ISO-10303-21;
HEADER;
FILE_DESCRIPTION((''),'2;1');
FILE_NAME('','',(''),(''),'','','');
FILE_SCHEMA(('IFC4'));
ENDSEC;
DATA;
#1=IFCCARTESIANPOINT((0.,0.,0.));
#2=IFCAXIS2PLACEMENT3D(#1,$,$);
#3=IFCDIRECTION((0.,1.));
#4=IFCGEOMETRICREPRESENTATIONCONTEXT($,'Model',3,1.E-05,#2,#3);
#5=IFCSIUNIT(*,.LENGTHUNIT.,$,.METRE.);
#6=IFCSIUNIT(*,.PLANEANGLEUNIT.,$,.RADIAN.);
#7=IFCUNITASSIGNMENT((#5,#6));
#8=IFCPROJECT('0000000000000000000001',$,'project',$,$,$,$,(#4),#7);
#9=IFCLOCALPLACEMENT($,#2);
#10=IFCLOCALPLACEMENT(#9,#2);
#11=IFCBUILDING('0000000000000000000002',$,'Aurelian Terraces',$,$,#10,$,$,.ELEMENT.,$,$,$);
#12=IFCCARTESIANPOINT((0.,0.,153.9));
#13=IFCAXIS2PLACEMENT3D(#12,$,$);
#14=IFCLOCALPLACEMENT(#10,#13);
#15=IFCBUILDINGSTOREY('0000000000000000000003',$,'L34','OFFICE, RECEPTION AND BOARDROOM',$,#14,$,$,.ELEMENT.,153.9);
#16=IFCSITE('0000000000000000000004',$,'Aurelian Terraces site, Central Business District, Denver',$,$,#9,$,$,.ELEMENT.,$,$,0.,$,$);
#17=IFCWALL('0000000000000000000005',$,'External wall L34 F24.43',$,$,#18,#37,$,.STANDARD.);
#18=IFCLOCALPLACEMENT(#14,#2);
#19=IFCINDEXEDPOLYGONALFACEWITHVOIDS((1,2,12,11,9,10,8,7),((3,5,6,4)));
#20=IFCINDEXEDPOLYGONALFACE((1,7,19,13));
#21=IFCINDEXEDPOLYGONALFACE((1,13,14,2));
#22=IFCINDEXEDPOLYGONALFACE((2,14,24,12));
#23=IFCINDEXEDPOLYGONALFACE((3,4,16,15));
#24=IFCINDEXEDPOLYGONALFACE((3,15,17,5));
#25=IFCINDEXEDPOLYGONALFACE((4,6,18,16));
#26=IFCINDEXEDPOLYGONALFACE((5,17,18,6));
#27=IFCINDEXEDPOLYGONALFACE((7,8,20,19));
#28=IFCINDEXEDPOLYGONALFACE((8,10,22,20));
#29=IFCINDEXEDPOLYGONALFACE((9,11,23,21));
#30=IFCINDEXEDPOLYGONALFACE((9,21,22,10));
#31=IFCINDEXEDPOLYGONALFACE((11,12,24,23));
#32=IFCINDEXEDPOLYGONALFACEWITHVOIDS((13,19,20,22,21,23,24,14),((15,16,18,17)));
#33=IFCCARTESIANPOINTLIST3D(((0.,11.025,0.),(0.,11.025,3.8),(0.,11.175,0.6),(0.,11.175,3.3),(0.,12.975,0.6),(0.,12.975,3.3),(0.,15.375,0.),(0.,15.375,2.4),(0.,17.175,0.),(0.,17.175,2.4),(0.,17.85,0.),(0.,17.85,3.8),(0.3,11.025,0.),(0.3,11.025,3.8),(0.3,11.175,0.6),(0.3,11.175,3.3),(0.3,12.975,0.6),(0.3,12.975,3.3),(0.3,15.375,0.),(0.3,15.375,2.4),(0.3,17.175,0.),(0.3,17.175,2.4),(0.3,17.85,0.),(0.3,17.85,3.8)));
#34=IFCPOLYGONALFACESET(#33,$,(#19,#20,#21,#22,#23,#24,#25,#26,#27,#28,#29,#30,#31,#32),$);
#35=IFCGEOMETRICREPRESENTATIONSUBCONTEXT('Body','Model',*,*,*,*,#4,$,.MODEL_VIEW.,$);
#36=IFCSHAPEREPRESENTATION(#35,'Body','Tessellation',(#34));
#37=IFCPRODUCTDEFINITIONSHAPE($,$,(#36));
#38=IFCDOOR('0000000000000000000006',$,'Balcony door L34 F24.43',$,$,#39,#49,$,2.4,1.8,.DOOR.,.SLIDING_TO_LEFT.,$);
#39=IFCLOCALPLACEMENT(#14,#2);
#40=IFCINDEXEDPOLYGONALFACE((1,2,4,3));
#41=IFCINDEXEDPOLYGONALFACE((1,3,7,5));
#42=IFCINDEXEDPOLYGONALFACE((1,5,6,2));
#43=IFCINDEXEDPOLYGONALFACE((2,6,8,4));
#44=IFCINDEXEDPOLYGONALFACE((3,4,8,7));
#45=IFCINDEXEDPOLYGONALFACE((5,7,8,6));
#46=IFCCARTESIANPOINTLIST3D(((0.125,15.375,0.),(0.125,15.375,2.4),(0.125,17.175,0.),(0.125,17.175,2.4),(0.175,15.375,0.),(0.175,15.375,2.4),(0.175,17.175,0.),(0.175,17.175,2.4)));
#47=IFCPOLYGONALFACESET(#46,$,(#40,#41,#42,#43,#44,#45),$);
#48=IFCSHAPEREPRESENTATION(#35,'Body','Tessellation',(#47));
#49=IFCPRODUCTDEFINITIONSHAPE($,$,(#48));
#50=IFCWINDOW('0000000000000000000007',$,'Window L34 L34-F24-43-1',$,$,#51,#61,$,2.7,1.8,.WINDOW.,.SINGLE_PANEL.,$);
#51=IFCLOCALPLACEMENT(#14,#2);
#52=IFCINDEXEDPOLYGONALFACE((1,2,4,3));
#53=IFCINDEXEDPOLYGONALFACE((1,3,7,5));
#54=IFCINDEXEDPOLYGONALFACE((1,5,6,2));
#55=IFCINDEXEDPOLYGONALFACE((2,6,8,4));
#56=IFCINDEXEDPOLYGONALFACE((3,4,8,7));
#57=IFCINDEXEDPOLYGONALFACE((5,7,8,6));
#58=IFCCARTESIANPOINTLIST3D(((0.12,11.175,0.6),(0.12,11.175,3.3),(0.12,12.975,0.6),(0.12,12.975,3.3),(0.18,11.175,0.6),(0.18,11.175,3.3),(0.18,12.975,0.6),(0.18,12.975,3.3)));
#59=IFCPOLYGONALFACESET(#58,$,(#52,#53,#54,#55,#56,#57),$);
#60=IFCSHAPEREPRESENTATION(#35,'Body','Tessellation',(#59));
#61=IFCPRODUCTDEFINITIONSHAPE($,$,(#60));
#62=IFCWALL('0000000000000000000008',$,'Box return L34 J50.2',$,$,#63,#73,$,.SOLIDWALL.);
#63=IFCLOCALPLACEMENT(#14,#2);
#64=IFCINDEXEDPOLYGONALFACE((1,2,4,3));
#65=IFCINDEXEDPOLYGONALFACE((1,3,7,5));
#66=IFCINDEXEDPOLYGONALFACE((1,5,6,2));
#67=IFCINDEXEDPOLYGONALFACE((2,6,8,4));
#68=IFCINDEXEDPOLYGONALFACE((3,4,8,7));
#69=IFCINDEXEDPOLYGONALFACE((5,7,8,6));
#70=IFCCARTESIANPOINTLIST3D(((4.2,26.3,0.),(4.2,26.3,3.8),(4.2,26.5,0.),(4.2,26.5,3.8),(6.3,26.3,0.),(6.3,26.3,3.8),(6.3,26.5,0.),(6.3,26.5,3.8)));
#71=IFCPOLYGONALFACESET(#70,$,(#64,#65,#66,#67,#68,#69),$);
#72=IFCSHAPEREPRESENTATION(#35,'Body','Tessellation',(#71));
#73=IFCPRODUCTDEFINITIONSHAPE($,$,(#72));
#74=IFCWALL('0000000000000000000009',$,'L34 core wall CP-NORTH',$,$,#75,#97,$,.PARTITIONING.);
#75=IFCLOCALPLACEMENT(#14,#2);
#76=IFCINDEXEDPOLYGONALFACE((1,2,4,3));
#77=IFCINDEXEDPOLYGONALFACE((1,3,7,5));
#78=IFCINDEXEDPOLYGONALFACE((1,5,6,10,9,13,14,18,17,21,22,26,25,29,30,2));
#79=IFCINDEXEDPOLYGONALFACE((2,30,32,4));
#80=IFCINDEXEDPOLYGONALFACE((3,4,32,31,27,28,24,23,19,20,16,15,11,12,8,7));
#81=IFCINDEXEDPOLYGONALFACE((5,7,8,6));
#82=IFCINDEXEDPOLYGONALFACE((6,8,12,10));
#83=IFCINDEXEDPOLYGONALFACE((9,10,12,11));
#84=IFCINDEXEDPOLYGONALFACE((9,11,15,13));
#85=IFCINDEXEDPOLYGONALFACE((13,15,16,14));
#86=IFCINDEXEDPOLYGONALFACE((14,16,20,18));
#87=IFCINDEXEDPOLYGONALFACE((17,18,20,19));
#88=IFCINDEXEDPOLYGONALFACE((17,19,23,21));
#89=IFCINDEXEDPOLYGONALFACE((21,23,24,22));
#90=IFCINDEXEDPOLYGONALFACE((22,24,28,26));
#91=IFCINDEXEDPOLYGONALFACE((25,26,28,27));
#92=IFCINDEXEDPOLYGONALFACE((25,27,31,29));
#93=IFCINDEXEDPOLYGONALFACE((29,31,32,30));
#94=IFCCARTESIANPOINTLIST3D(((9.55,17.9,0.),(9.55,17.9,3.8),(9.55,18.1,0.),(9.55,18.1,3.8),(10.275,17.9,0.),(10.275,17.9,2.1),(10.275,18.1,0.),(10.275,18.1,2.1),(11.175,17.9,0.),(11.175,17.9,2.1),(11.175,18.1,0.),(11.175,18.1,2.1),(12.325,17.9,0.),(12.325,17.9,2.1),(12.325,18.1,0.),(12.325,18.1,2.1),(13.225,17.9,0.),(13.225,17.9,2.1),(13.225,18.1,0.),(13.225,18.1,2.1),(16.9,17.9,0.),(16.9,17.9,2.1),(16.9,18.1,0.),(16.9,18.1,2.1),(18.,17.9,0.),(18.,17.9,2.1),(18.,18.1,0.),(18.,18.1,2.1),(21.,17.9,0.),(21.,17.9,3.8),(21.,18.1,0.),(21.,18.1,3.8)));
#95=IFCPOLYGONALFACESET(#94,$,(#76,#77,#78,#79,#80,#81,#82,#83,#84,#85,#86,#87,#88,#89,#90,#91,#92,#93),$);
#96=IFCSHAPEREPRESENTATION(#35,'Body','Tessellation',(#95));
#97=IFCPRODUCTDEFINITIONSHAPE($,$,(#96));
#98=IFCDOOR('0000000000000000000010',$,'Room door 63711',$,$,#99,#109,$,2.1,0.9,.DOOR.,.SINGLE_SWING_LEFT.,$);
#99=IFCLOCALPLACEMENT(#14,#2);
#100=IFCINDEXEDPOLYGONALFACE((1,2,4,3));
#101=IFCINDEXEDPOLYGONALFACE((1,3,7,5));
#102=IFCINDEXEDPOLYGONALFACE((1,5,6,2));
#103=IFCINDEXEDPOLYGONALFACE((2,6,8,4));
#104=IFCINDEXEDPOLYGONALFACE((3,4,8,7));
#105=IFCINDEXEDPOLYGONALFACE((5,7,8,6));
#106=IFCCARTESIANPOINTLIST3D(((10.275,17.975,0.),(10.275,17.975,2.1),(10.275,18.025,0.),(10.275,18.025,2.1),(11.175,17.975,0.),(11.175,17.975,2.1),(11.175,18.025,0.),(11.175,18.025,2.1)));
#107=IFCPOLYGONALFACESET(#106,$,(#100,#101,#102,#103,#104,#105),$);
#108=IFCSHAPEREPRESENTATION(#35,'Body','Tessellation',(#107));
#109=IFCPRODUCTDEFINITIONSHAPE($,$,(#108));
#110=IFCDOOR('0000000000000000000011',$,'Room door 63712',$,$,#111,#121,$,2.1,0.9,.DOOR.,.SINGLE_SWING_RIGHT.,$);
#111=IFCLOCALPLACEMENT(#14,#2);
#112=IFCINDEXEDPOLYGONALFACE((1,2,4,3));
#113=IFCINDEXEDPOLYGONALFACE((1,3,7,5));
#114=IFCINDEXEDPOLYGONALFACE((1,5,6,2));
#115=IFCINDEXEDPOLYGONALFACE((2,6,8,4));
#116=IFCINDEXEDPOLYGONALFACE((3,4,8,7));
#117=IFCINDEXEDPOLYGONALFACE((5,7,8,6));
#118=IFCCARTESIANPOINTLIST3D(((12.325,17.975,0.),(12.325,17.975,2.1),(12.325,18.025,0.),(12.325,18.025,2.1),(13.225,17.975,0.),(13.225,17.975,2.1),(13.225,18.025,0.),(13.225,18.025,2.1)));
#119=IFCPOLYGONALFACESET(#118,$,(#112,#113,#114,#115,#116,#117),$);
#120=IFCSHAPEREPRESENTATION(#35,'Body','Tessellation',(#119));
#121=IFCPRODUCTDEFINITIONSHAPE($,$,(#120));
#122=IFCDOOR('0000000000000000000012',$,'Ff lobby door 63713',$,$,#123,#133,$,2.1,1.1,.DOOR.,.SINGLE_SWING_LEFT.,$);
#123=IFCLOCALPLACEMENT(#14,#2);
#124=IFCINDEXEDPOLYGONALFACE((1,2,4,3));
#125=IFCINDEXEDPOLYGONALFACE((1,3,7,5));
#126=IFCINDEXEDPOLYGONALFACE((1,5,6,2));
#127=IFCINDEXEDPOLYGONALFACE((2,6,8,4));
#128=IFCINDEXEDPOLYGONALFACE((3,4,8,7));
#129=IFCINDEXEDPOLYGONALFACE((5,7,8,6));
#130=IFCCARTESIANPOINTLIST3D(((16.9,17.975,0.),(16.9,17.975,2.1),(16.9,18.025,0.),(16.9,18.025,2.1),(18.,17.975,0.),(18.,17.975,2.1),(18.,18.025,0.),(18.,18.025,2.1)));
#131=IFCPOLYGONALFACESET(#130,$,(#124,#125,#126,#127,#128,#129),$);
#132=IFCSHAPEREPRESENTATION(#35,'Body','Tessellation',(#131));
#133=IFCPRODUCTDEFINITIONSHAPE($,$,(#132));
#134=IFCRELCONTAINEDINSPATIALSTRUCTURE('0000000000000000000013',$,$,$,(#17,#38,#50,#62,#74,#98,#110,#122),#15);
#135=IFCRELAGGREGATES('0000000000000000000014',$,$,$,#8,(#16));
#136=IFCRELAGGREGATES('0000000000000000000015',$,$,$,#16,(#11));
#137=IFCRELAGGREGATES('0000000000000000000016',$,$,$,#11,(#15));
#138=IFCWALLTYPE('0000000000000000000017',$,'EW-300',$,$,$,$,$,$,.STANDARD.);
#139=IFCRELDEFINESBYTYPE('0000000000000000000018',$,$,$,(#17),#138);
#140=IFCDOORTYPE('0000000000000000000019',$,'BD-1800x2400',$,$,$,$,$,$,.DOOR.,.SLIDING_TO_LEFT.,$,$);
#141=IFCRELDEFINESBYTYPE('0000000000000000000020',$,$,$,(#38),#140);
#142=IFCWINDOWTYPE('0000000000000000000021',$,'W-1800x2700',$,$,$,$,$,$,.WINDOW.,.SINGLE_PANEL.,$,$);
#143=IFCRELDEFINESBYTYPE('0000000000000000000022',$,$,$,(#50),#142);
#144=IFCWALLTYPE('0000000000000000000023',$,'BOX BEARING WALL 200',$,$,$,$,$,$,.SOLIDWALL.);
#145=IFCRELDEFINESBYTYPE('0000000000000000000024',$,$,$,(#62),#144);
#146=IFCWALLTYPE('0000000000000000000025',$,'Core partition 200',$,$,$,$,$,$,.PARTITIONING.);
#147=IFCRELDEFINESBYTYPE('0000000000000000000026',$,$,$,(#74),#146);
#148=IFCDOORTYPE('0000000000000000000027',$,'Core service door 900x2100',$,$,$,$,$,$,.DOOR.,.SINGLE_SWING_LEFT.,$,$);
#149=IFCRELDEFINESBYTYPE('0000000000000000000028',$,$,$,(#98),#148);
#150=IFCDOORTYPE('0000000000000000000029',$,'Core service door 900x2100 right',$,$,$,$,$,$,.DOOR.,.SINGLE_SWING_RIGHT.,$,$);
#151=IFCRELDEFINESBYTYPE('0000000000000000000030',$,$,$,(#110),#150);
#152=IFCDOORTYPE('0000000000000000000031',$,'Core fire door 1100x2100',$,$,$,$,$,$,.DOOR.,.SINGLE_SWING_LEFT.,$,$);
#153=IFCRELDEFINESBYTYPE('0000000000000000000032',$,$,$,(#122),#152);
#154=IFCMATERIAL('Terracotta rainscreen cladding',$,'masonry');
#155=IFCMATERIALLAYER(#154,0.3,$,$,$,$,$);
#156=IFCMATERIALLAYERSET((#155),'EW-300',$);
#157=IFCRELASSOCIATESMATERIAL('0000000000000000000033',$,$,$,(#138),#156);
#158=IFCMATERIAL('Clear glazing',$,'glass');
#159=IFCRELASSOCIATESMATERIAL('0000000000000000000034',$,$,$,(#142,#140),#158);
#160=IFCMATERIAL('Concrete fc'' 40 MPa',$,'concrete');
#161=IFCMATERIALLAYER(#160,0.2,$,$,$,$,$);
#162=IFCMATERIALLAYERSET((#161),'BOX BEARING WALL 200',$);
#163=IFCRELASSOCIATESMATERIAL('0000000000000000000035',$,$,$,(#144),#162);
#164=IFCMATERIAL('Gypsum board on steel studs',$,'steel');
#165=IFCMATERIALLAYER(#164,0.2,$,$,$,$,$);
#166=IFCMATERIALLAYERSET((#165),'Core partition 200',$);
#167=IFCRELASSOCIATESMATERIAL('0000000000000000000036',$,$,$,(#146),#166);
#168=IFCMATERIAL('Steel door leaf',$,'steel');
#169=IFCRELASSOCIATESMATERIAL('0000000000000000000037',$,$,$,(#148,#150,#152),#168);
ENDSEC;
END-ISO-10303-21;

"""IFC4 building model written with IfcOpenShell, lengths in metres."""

from ifc_helpers import new_model, si_unit, direction, frame, frame_2d, origin, place, context, subcontext, project, spatial, rectangle, extrude, source, transform, mapped, material, layer, layer_set, type_object, element, fill, save


model = new_model("IFC4")

# Units and contexts
model_context = context("Model", 3, precision=1e-05, world=origin(), true_north=direction((0.0, 1.0)))
body_context = subcontext(model_context, "Body", "Model", "MODEL_VIEW")
ifc_project = project(units=[si_unit("LENGTHUNIT", "METRE"), si_unit("PLANEANGLEUNIT", "RADIAN")], contexts=[model_context])

# Site, building, storey
site_placement = place(None, origin())
site = spatial("IfcSite", under=ifc_project, at=site_placement, Name="Aurelian Terraces site, Central Business District, Denver", CompositionType="ELEMENT", RefElevation=0.0)
building_placement = place(site_placement, origin())
building = spatial("IfcBuilding", under=site, at=building_placement, Name="Aurelian Terraces", CompositionType="ELEMENT")
storey_placement = place(building_placement, frame((0.0, 0.0, 153.9)))
storey = spatial("IfcBuildingStorey", under=building, at=storey_placement, Name="L34", Description="OFFICE, RECEPTION AND BOARDROOM", CompositionType="ELEMENT", Elevation=153.9)

# Shared definitions
ifc_material_1 = material(Name="Steel door leaf", Category="steel")

# Shared definitions
ifc_material_2 = material(Name="Terracotta rainscreen cladding", Category="masonry")
ifc_layer_1 = layer(ifc_material_2, 0.3)
ifc_layer_set_1 = layer_set([ifc_layer_1], Name="EW-300")
wall_type_1 = type_object("IfcWallType", Name="EW-300", PredefinedType="STANDARD", material=ifc_layer_set_1)
shared_shape_1 = source(origin(), body_context, "Body", "SweptSolid", [
    extrude(rectangle(XDim=1.8, YDim=2.7, at=frame_2d((0.9, 1.35))), frame((0.0, 0.16, 0.0), z_axis=(0.0, -1.0, 0.0), x_axis=(1.0, 0.0, 0.0)), (0.0, 0.0, 1.0), 0.32),
])
ifc_material_3 = material(Name="Clear glazing", Category="glass")
window_type_1 = type_object("IfcWindowType", Name="W-1800x2700", PartitioningType="SINGLE_PANEL", PredefinedType="WINDOW", material=ifc_material_3)
shared_shape_2 = source(origin(), body_context, "Body", "SweptSolid", [
    extrude(rectangle(XDim=1.8, YDim=2.7, at=frame_2d((0.9, 1.35))), frame((0.0, 0.03, 0.0), z_axis=(0.0, -1.0, 0.0), x_axis=(1.0, 0.0, 0.0)), (0.0, 0.0, 1.0), 0.06),
])

# Wall, openings, door, window
shared_shape_3 = source(origin(), body_context, "Body", "SweptSolid", [
    extrude(rectangle(XDim=6.825, YDim=0.3, at=frame_2d((3.4125, 0.0))), origin(), (0.0, 0.0, 1.0), 3.8),
])
wall_1_placement = place(storey_placement, frame((0.15, 17.85, 0.0), z_axis=(0.0, 0.0, 1.0), x_axis=(0.0, -1.0, 0.0)))
wall_1 = element("IfcWall", 1, at=wall_1_placement, inside=storey, type_object=wall_type_1, Name="External wall L34 F24.43", PredefinedType="STANDARD", context=body_context, shape_type="MappedRepresentation", body=[
    mapped(shared_shape_3, transform((0.0, 0.0, 0.0), scale=1.0)),
])
shared_shape_4 = source(origin(), body_context, "Body", "SweptSolid", [
    extrude(rectangle(XDim=1.8, YDim=2.4, at=frame_2d((0.9, 1.2))), frame((0.0, 0.16, 0.0), z_axis=(0.0, -1.0, 0.0), x_axis=(1.0, 0.0, 0.0)), (0.0, 0.0, 1.0), 0.32),
])
opening_1_placement = place(wall_1_placement, frame((0.675, 0.0, 0.0)))
opening_1 = element("IfcOpeningElement", 2, at=opening_1_placement, cuts=wall_1, PredefinedType="OPENING", context=body_context, shape_type="MappedRepresentation", body=[
    mapped(shared_shape_4, transform((0.0, 0.0, 0.0), scale=1.0)),
])
opening_2_placement = place(wall_1_placement, frame((4.875, 0.0, 0.6)))
opening_2 = element("IfcOpeningElement", 3, at=opening_2_placement, cuts=wall_1, PredefinedType="OPENING", context=body_context, shape_type="MappedRepresentation", body=[
    mapped(shared_shape_1, transform((0.0, 0.0, 0.0), scale=1.0)),
])
door_type_1 = type_object("IfcDoorType", Name="BD-1800x2400", OperationType="SLIDING_TO_LEFT", PredefinedType="DOOR", material=ifc_material_3)
shared_shape_5 = source(origin(), body_context, "Body", "SweptSolid", [
    extrude(rectangle(XDim=1.8, YDim=2.4, at=frame_2d((0.9, 1.2))), frame((0.0, 0.025, 0.0), z_axis=(0.0, -1.0, 0.0), x_axis=(1.0, 0.0, 0.0)), (0.0, 0.0, 1.0), 0.05),
])
door_1_placement = place(opening_1_placement, origin())
door_1 = element("IfcDoor", 4, at=door_1_placement, inside=storey, type_object=door_type_1, Name="Balcony door L34 F24.43", OperationType="SLIDING_TO_LEFT", OverallHeight=2.4, OverallWidth=1.8, PredefinedType="DOOR", context=body_context, shape_type="MappedRepresentation", body=[
    mapped(shared_shape_5, transform((0.0, 0.0, 0.0), scale=1.0)),
])
fill(opening_1, door_1)
window_1_placement = place(opening_2_placement, origin())
window_1 = element("IfcWindow", 5, at=window_1_placement, inside=storey, type_object=window_type_1, Name="Window L34 L34-F24-43-1", OverallHeight=2.7, OverallWidth=1.8, PartitioningType="SINGLE_PANEL", PredefinedType="WINDOW", context=body_context, shape_type="MappedRepresentation", body=[
    mapped(shared_shape_2, transform((0.0, 0.0, 0.0), scale=1.0)),
])
fill(opening_2, window_1)

# Wall
ifc_material_4 = material(Name="Concrete fc' 40 MPa", Category="concrete")
ifc_layer_2 = layer(ifc_material_4, 0.2)
ifc_layer_set_2 = layer_set([ifc_layer_2], Name="BOX BEARING WALL 200")
wall_type_2 = type_object("IfcWallType", Name="BOX BEARING WALL 200", PredefinedType="SOLIDWALL", material=ifc_layer_set_2)
shared_shape_6 = source(origin(), body_context, "Body", "SweptSolid", [
    extrude(rectangle(XDim=2.1, YDim=0.2, at=frame_2d((1.05, 0.0))), origin(), (0.0, 0.0, 1.0), 3.8),
])
wall_2_placement = place(storey_placement, frame((6.3, 26.4, 0.0), z_axis=(0.0, 0.0, 1.0), x_axis=(-1.0, 0.0, 0.0)))
element("IfcWall", 6, at=wall_2_placement, inside=storey, type_object=wall_type_2, Name="Box return L34 J50.2", PredefinedType="SOLIDWALL", context=body_context, shape_type="MappedRepresentation", body=[
    mapped(shared_shape_6, transform((0.0, 0.0, 0.0), scale=1.0)),
])

# Wall, openings, doors
ifc_material_5 = material(Name="Gypsum board on steel studs", Category="steel")
ifc_layer_3 = layer(ifc_material_5, 0.2)
ifc_layer_set_3 = layer_set([ifc_layer_3], Name="Core partition 200")
wall_type_3 = type_object("IfcWallType", Name="Core partition 200", PredefinedType="PARTITIONING", material=ifc_layer_set_3)
shared_shape_7 = source(origin(), body_context, "Body", "SweptSolid", [
    extrude(rectangle(XDim=11.45, YDim=0.2, at=frame_2d((5.725, 0.0))), origin(), (0.0, 0.0, 1.0), 3.8),
])
wall_3_placement = place(storey_placement, frame((9.55, 18.0, 0.0), z_axis=(0.0, 0.0, 1.0), x_axis=(1.0, 0.0, 0.0)))
wall_3 = element("IfcWall", 7, at=wall_3_placement, inside=storey, type_object=wall_type_3, Name="L34 core wall CP-NORTH", PredefinedType="PARTITIONING", context=body_context, shape_type="MappedRepresentation", body=[
    mapped(shared_shape_7, transform((0.0, 0.0, 0.0), scale=1.0)),
])
shared_shape_8 = source(origin(), body_context, "Body", "SweptSolid", [
    extrude(rectangle(XDim=0.9, YDim=2.1, at=frame_2d((0.45, 1.05))), frame((0.0, 0.11, 0.0), z_axis=(0.0, -1.0, 0.0), x_axis=(1.0, 0.0, 0.0)), (0.0, 0.0, 1.0), 0.22),
])
opening_3_placement = place(wall_3_placement, frame((0.725, 0.0, 0.0)))
opening_3 = element("IfcOpeningElement", 8, at=opening_3_placement, cuts=wall_3, PredefinedType="OPENING", context=body_context, shape_type="MappedRepresentation", body=[
    mapped(shared_shape_8, transform((0.0, 0.0, 0.0), scale=1.0)),
])
opening_4_placement = place(wall_3_placement, frame((2.775, 0.0, 0.0)))
opening_4 = element("IfcOpeningElement", 9, at=opening_4_placement, cuts=wall_3, PredefinedType="OPENING", context=body_context, shape_type="MappedRepresentation", body=[
    mapped(shared_shape_8, transform((0.0, 0.0, 0.0), scale=1.0)),
])
shared_shape_9 = source(origin(), body_context, "Body", "SweptSolid", [
    extrude(rectangle(XDim=1.1, YDim=2.1, at=frame_2d((0.55, 1.05))), frame((0.0, 0.11, 0.0), z_axis=(0.0, -1.0, 0.0), x_axis=(1.0, 0.0, 0.0)), (0.0, 0.0, 1.0), 0.22),
])
opening_5_placement = place(wall_3_placement, frame((7.35, 0.0, 0.0)))
opening_5 = element("IfcOpeningElement", 10, at=opening_5_placement, cuts=wall_3, PredefinedType="OPENING", context=body_context, shape_type="MappedRepresentation", body=[
    mapped(shared_shape_9, transform((0.0, 0.0, 0.0), scale=1.0)),
])
door_type_2 = type_object("IfcDoorType", Name="Core service door 900x2100", OperationType="SINGLE_SWING_LEFT", PredefinedType="DOOR", material=ifc_material_1)
shared_shape_10 = source(origin(), body_context, "Body", "SweptSolid", [
    extrude(rectangle(XDim=0.9, YDim=2.1, at=frame_2d((0.45, 1.05))), frame((0.0, 0.025, 0.0), z_axis=(0.0, -1.0, 0.0), x_axis=(1.0, 0.0, 0.0)), (0.0, 0.0, 1.0), 0.05),
])
door_2_placement = place(opening_3_placement, origin())
door_2 = element("IfcDoor", 11, at=door_2_placement, inside=storey, type_object=door_type_2, Name="Room door 63711", OperationType="SINGLE_SWING_LEFT", OverallHeight=2.1, OverallWidth=0.9, PredefinedType="DOOR", context=body_context, shape_type="MappedRepresentation", body=[
    mapped(shared_shape_10, transform((0.0, 0.0, 0.0), scale=1.0)),
])
fill(opening_3, door_2)
door_type_3 = type_object("IfcDoorType", Name="Core service door 900x2100 right", OperationType="SINGLE_SWING_RIGHT", PredefinedType="DOOR", material=ifc_material_1)
door_3_placement = place(opening_4_placement, origin())
door_3 = element("IfcDoor", 12, at=door_3_placement, inside=storey, type_object=door_type_3, Name="Room door 63712", OperationType="SINGLE_SWING_RIGHT", OverallHeight=2.1, OverallWidth=0.9, PredefinedType="DOOR", context=body_context, shape_type="MappedRepresentation", body=[
    mapped(shared_shape_10, transform((0.0, 0.0, 0.0), scale=1.0)),
])
fill(opening_4, door_3)
door_type_4 = type_object("IfcDoorType", Name="Core fire door 1100x2100", OperationType="SINGLE_SWING_LEFT", PredefinedType="DOOR", material=ifc_material_1)
shared_shape_11 = source(origin(), body_context, "Body", "SweptSolid", [
    extrude(rectangle(XDim=1.1, YDim=2.1, at=frame_2d((0.55, 1.05))), frame((0.0, 0.025, 0.0), z_axis=(0.0, -1.0, 0.0), x_axis=(1.0, 0.0, 0.0)), (0.0, 0.0, 1.0), 0.05),
])
door_4_placement = place(opening_5_placement, origin())
door_4 = element("IfcDoor", 13, at=door_4_placement, inside=storey, type_object=door_type_4, Name="Ff lobby door 63713", OperationType="SINGLE_SWING_LEFT", OverallHeight=2.1, OverallWidth=1.1, PredefinedType="DOOR", context=body_context, shape_type="MappedRepresentation", body=[
    mapped(shared_shape_11, transform((0.0, 0.0, 0.0), scale=1.0)),
])
fill(opening_5, door_4)

save(model, "model.ifc")
